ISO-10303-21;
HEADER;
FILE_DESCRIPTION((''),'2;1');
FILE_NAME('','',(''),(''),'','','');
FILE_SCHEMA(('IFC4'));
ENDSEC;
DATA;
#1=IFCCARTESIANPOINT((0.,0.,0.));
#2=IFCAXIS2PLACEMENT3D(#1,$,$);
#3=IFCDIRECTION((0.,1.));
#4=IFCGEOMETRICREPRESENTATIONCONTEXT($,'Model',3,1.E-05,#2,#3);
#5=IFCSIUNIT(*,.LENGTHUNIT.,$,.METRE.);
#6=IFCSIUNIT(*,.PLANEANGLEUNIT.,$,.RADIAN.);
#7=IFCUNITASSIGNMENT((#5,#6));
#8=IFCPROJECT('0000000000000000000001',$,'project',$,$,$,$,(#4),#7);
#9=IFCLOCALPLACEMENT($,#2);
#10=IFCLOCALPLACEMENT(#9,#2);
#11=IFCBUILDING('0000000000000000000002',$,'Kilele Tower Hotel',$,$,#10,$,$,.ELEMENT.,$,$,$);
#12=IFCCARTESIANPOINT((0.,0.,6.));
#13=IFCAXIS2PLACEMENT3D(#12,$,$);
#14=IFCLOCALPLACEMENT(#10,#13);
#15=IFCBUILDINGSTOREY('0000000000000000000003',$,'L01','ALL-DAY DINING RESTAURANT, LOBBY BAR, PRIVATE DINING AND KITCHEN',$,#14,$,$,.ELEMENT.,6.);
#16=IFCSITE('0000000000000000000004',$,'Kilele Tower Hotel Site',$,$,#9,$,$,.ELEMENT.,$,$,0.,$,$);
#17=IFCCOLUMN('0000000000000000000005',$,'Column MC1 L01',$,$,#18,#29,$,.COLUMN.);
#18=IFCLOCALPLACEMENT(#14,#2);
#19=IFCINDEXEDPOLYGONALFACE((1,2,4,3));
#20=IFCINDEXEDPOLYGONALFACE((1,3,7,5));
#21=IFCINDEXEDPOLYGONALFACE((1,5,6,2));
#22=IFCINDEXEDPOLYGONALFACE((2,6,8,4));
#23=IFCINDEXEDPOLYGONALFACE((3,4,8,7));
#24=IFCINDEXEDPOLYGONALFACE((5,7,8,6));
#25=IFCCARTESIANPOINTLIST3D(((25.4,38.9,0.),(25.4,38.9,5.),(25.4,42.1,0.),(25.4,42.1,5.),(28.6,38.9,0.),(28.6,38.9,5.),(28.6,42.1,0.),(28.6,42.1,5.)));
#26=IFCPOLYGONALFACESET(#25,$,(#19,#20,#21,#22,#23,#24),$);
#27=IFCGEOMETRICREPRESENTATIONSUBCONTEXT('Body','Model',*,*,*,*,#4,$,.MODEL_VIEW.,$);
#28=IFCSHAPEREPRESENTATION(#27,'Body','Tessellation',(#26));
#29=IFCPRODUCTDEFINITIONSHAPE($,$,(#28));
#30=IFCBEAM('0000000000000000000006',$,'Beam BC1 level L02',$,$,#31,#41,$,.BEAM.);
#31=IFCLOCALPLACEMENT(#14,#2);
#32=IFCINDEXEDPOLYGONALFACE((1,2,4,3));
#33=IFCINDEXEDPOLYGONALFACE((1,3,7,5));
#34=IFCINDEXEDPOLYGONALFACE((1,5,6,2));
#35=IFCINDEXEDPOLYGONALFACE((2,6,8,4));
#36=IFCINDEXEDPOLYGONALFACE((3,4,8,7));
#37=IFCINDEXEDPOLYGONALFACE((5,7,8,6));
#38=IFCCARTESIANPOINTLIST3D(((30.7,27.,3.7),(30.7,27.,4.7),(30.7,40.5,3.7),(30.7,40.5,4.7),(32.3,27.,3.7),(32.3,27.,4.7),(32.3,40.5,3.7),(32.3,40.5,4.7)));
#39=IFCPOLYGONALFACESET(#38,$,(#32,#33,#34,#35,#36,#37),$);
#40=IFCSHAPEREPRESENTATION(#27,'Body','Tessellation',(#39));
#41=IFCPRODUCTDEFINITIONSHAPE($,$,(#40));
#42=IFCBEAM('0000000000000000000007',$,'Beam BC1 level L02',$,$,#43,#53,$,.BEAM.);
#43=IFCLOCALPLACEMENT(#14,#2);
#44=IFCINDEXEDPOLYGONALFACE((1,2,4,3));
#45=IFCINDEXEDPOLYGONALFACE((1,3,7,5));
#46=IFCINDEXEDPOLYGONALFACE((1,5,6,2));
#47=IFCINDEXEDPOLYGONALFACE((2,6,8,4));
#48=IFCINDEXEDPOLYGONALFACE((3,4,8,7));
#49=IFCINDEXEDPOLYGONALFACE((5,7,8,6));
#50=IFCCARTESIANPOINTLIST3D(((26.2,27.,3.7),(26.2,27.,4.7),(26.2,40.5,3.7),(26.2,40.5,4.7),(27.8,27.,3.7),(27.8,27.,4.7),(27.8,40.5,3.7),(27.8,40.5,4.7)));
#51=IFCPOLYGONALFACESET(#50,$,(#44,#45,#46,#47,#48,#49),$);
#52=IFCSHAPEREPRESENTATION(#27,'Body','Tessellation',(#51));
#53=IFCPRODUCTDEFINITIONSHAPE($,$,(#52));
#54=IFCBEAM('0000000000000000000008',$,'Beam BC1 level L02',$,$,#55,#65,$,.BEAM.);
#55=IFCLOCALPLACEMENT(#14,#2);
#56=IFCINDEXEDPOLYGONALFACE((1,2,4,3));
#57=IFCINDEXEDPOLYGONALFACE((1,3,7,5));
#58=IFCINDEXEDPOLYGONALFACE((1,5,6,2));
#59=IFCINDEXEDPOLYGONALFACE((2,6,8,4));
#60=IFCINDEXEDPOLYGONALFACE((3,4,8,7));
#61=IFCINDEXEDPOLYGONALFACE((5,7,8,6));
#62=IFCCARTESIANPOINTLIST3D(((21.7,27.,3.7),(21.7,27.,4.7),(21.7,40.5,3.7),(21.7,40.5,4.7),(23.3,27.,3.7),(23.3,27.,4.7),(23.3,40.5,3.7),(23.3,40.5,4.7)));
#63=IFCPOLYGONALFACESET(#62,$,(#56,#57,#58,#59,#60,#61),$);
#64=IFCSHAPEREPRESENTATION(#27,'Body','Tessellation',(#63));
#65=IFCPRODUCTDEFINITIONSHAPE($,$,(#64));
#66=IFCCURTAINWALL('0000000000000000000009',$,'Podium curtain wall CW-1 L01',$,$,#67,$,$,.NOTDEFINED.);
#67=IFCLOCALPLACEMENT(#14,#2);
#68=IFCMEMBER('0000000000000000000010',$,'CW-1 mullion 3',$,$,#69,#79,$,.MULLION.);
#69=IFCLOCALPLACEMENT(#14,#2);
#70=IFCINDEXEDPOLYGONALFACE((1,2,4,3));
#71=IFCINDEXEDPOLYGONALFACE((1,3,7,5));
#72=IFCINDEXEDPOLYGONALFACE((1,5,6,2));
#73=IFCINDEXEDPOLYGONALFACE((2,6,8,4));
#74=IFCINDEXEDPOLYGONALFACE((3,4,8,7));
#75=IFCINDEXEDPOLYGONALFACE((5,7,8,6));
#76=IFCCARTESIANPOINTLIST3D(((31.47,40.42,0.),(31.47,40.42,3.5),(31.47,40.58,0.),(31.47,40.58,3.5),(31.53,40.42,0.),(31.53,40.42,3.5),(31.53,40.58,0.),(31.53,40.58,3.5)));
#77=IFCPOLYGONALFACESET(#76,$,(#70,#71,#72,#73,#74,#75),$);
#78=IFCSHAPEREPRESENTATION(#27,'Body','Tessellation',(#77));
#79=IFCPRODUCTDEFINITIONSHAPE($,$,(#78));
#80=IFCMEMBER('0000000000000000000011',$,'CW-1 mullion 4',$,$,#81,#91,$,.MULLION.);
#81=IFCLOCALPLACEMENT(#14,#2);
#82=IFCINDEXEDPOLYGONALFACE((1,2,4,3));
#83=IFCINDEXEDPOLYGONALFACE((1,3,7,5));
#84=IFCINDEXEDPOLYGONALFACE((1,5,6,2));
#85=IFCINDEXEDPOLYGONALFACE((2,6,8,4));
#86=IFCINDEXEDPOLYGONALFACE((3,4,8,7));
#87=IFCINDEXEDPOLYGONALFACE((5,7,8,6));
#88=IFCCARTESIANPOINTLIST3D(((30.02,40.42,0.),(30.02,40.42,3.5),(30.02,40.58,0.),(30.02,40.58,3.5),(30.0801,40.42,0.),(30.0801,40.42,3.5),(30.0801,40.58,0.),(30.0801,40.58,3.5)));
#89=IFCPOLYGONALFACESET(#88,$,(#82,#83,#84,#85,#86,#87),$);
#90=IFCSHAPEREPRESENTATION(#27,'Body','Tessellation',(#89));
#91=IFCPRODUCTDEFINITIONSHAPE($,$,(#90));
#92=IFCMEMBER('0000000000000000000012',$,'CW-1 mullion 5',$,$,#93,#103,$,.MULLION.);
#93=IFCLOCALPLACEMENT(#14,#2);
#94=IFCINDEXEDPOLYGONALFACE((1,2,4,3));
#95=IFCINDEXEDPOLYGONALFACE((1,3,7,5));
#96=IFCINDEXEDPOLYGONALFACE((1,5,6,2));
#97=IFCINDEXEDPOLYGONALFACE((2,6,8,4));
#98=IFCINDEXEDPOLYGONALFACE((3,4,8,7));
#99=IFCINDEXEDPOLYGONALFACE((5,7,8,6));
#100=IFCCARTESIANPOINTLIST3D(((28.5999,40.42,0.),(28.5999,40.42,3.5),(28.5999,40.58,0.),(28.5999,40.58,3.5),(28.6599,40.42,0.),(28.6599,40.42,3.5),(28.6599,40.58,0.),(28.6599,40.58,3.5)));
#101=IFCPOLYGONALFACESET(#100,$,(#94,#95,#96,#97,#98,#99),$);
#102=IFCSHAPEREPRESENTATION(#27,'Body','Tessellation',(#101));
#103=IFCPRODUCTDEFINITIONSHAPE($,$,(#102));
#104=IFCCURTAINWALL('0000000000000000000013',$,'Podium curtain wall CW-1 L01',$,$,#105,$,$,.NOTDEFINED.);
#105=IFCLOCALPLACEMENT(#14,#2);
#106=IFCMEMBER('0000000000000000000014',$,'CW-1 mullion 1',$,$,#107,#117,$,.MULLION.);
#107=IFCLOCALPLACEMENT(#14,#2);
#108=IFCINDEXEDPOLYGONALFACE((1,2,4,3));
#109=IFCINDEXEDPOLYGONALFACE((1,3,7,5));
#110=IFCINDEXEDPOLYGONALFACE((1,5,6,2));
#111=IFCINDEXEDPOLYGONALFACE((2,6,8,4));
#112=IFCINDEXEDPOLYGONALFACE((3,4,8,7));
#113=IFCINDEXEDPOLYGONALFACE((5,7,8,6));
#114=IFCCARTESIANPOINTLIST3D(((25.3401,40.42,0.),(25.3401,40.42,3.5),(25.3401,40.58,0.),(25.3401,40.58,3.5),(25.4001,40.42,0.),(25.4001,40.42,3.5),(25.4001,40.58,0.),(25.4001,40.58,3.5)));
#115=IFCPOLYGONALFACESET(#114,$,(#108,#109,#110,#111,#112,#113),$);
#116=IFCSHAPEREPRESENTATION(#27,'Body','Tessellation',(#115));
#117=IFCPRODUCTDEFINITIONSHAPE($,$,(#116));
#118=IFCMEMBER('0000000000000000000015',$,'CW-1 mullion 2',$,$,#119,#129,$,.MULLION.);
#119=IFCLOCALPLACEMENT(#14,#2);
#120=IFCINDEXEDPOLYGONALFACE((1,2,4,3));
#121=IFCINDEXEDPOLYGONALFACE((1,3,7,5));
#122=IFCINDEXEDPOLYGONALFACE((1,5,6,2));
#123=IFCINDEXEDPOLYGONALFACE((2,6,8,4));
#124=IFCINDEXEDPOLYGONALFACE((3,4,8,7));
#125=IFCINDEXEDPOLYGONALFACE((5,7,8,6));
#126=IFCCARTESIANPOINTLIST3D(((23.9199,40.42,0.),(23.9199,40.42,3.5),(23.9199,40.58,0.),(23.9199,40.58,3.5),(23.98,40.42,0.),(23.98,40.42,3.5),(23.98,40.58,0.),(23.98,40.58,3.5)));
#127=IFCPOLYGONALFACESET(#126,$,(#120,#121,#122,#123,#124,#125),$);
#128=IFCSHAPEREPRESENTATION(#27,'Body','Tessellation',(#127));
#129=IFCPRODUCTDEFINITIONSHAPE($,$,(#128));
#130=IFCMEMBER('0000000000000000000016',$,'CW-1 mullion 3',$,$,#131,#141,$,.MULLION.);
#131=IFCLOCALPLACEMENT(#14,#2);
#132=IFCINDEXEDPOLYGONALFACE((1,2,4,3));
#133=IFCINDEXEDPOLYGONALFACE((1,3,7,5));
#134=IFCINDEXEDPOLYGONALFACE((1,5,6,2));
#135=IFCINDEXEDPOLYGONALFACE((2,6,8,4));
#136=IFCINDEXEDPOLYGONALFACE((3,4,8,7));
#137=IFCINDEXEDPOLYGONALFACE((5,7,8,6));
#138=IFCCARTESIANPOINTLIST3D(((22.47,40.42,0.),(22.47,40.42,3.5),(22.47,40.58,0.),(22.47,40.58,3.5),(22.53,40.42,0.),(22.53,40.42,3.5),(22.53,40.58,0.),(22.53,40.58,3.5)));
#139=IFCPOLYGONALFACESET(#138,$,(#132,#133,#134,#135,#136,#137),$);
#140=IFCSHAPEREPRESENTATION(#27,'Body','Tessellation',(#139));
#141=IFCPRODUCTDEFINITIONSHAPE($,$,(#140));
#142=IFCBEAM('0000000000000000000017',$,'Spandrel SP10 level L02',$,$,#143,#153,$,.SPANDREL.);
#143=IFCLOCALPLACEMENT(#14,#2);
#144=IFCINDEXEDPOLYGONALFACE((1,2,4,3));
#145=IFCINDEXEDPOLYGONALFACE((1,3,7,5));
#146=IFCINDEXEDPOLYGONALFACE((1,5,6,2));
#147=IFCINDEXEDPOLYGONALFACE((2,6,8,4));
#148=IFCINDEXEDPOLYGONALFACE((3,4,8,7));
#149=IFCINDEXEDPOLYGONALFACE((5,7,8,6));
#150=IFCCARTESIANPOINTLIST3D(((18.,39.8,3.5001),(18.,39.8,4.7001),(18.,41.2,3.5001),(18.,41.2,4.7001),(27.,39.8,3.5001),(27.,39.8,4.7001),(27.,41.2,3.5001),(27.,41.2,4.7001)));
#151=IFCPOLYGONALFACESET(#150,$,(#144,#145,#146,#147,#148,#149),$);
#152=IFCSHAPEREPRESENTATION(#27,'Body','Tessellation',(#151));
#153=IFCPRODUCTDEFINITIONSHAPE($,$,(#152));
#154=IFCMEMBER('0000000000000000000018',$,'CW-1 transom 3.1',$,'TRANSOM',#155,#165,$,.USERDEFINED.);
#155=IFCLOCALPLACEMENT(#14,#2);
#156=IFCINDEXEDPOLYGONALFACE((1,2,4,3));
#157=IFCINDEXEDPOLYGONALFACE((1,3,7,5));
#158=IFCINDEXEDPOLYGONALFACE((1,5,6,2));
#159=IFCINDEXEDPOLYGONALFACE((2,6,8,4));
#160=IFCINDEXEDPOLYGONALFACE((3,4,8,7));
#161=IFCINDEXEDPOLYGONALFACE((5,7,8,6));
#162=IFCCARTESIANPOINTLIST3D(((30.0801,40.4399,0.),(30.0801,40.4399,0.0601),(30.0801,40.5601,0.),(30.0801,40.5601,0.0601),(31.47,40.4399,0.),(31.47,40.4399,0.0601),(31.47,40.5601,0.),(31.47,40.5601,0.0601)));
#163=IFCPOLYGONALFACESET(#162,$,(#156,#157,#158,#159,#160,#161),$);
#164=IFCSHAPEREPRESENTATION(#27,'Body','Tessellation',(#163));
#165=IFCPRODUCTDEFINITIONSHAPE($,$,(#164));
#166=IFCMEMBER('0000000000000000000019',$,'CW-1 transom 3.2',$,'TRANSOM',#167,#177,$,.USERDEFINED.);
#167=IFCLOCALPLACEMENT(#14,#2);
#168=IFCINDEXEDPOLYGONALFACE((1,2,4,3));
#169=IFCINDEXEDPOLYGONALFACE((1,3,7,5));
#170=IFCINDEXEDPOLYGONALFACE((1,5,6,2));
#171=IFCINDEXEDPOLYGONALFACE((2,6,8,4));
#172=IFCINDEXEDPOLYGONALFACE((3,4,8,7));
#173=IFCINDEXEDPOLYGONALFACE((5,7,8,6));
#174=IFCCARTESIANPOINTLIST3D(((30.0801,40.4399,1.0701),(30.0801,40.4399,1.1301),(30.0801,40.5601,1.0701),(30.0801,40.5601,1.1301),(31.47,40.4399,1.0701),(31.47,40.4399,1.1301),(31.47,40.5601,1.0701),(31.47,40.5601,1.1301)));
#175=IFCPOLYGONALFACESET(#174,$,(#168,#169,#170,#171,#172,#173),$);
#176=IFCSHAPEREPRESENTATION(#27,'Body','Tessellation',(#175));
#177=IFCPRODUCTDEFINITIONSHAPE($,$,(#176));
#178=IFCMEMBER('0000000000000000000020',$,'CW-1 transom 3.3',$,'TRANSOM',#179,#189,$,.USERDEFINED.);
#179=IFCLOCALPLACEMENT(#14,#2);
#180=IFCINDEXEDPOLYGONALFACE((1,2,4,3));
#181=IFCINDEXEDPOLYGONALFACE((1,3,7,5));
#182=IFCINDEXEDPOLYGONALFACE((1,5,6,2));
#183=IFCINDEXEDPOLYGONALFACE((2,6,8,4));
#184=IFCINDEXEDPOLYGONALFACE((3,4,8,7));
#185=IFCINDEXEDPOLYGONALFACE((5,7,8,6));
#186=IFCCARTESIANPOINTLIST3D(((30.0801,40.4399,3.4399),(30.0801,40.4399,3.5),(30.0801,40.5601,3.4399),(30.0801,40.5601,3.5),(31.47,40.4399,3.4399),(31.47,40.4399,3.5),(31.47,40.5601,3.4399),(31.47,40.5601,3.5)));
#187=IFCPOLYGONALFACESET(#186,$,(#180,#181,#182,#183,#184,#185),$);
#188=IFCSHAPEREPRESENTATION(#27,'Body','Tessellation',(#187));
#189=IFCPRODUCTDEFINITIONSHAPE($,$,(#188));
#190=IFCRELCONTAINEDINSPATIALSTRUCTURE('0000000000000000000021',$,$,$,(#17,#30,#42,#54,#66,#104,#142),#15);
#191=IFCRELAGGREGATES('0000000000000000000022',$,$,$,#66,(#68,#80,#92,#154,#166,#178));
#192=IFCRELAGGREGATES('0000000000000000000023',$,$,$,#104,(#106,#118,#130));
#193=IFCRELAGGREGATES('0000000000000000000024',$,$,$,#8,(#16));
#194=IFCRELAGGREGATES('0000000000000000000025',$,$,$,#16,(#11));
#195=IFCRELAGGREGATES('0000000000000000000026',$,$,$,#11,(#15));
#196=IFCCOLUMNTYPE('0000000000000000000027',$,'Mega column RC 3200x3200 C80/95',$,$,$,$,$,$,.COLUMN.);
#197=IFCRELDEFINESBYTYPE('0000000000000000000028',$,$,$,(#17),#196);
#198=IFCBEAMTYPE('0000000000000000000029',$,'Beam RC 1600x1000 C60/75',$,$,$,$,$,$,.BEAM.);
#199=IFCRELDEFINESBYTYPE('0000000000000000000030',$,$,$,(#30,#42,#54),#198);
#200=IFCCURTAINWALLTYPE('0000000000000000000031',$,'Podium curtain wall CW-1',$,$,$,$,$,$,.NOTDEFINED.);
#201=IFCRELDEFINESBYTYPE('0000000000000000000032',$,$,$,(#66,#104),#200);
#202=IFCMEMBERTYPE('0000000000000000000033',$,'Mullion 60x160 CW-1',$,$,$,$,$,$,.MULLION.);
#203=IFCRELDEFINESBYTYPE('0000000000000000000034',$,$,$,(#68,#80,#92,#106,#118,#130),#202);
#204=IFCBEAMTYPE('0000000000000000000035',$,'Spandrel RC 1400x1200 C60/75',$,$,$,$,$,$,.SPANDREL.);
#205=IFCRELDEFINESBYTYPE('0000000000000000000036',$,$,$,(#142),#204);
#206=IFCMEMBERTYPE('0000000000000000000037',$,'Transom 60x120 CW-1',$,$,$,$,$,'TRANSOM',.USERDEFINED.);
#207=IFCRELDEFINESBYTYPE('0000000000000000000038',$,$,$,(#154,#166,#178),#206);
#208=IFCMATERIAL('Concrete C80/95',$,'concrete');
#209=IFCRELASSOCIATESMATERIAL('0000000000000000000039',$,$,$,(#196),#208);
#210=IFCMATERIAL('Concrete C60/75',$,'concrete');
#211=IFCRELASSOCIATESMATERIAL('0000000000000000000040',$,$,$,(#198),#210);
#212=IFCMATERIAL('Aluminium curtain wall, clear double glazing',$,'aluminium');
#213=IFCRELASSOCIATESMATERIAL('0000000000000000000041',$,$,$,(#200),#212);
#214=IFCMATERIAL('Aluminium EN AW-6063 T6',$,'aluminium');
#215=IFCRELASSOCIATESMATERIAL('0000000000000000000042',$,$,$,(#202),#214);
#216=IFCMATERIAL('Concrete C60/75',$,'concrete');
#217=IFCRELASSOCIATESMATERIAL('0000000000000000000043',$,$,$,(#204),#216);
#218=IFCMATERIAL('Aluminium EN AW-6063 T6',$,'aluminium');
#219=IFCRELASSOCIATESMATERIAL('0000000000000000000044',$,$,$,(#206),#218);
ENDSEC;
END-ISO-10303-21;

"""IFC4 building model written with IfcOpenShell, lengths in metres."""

from ifc_helpers import new_model, si_unit, direction, frame, origin, origin_2d, place, context, subcontext, project, spatial, rectangle, extrude, material, material_profile, profile_set, type_object, element, aggregate, save


model = new_model("IFC4")

# Units and contexts
model_context = context("Model", 3, precision=1e-05, world=origin(), true_north=direction((0.0, 1.0)))
body_context = subcontext(model_context, "Body", "Model", "MODEL_VIEW")
ifc_project = project(units=[si_unit("LENGTHUNIT", "METRE"), si_unit("PLANEANGLEUNIT", "RADIAN")], contexts=[model_context])

# Site, building, storey
site_placement = place(None, origin())
site = spatial("IfcSite", under=ifc_project, at=site_placement, Name="Kilele Tower Hotel Site", CompositionType="ELEMENT", RefElevation=0.0)
building_placement = place(site_placement, origin())
building = spatial("IfcBuilding", under=site, at=building_placement, Name="Kilele Tower Hotel", CompositionType="ELEMENT")
storey_placement = place(building_placement, frame((0.0, 0.0, 6.0)))
storey = spatial("IfcBuildingStorey", under=building, at=storey_placement, Name="L01", Description="ALL-DAY DINING RESTAURANT, LOBBY BAR, PRIVATE DINING AND KITCHEN", CompositionType="ELEMENT", Elevation=6.0)

# Column
ifc_material_1 = material(Name="Concrete C80/95", Category="concrete")
ifc_material_profile_1 = material_profile(ifc_material_1, rectangle(XDim=3.2, YDim=3.2, at=origin_2d()))
ifc_profile_set_1 = profile_set([ifc_material_profile_1], Name="Concrete C80/95")
column_type = type_object("IfcColumnType", Name="Mega column RC 3200x3200 C80/95", PredefinedType="COLUMN", material=ifc_profile_set_1)
column_placement = place(storey_placement, frame((27.0, 40.5, 0.0), z_axis=(0.0, 0.0, 1.0), x_axis=(1.0, 0.0, 0.0)))
element("IfcColumn", 1, at=column_placement, inside=storey, type_object=column_type, Name="Column MC1 L01", PredefinedType="COLUMN", context=body_context, shape_type="SweptSolid", body=[
    extrude(rectangle(XDim=3.2, YDim=3.2, at=origin_2d()), origin(), (0.0, 0.0, 1.0), 5.0),
])

# Beams
ifc_material_2 = material(Name="Concrete C60/75", Category="concrete")
ifc_material_profile_2 = material_profile(ifc_material_2, rectangle(XDim=1.6001, YDim=1.0, at=origin_2d()))
ifc_profile_set_2 = profile_set([ifc_material_profile_2], Name="Concrete C60/75")
beam_type_1 = type_object("IfcBeamType", Name="Beam RC 1600x1000 C60/75", PredefinedType="BEAM", material=ifc_profile_set_2)
for number, where, z_axis, x_axis, name in (
    (2, (31.5, 40.5, 4.2), (0.0, -1.0, 0.0), (1.0, 0.0, 0.0), "Beam BC1 level L02"),
    (3, (27.0, 40.5, 4.2), (0.0, -1.0, 0.0), (1.0, 0.0, 0.0), "Beam BC1 level L02"),
    (4, (22.5, 40.5, 4.2), (0.0, -1.0, 0.0), (1.0, 0.0, 0.0), "Beam BC1 level L02"),
):
    element("IfcBeam", number, at=place(storey_placement, frame(where, z_axis=z_axis, x_axis=x_axis)), inside=storey, type_object=beam_type_1, Name=name, PredefinedType="BEAM", context=body_context, shape_type="SweptSolid", body=[
        extrude(rectangle(XDim=1.6001, YDim=1.0, at=origin_2d()), origin(), (0.0, 0.0, 1.0), 13.5),
    ])

# Curtain walls, members
ifc_material_3 = material(Name="Aluminium curtain wall, clear double glazing", Category="aluminium")
curtain_wall_type = type_object("IfcCurtainWallType", Name="Podium curtain wall CW-1", PredefinedType="NOTDEFINED", material=ifc_material_3)
curtain_wall_1_placement = place(storey_placement, origin())
curtain_wall_1 = element("IfcCurtainWall", 5, at=curtain_wall_1_placement, inside=storey, type_object=curtain_wall_type, Name="Podium curtain wall CW-1 L01", PredefinedType="NOTDEFINED")
ifc_material_4 = material(Name="Aluminium EN AW-6063 T6", Category="aluminium")
ifc_material_profile_3 = material_profile(ifc_material_4, rectangle(XDim=0.1599, YDim=0.0601, at=origin_2d()))
ifc_profile_set_3 = profile_set([ifc_material_profile_3], Name="Aluminium EN AW-6063 T6")
member_type_1 = type_object("IfcMemberType", Name="Mullion 60x160 CW-1", PredefinedType="MULLION", material=ifc_profile_set_3)
member_1_placement = place(storey_placement, frame((31.5, 40.5, 0.0), z_axis=(0.0, 0.0, 1.0), x_axis=(0.0, -1.0, 0.0)))
member_1 = element("IfcMember", 6, at=member_1_placement, type_object=member_type_1, Name="CW-1 mullion 3", PredefinedType="MULLION", context=body_context, shape_type="SweptSolid", body=[
    extrude(rectangle(XDim=0.1599, YDim=0.0601, at=origin_2d()), origin(), (0.0, 0.0, 1.0), 3.5),
])
member_2_placement = place(storey_placement, frame((30.05, 40.5, 0.0), z_axis=(0.0, 0.0, 1.0), x_axis=(0.0, -1.0, 0.0)))
member_2 = element("IfcMember", 7, at=member_2_placement, type_object=member_type_1, Name="CW-1 mullion 4", PredefinedType="MULLION", context=body_context, shape_type="SweptSolid", body=[
    extrude(rectangle(XDim=0.1599, YDim=0.0601, at=origin_2d()), origin(), (0.0, 0.0, 1.0), 3.5),
])
member_3_placement = place(storey_placement, frame((28.6299, 40.5, 0.0), z_axis=(0.0, 0.0, 1.0), x_axis=(0.0, -1.0, 0.0)))
member_3 = element("IfcMember", 8, at=member_3_placement, type_object=member_type_1, Name="CW-1 mullion 5", PredefinedType="MULLION", context=body_context, shape_type="SweptSolid", body=[
    extrude(rectangle(XDim=0.1599, YDim=0.0601, at=origin_2d()), origin(), (0.0, 0.0, 1.0), 3.5),
])
curtain_wall_2_placement = place(storey_placement, origin())
curtain_wall_2 = element("IfcCurtainWall", 9, at=curtain_wall_2_placement, inside=storey, type_object=curtain_wall_type, Name="Podium curtain wall CW-1 L01", PredefinedType="NOTDEFINED")
member_4_placement = place(storey_placement, frame((25.3701, 40.5, 0.0), z_axis=(0.0, 0.0, 1.0), x_axis=(0.0, -1.0, 0.0)))
member_4 = element("IfcMember", 10, at=member_4_placement, type_object=member_type_1, Name="CW-1 mullion 1", PredefinedType="MULLION", context=body_context, shape_type="SweptSolid", body=[
    extrude(rectangle(XDim=0.1599, YDim=0.0601, at=origin_2d()), origin(), (0.0, 0.0, 1.0), 3.5),
])
member_5_placement = place(storey_placement, frame((23.95, 40.5, 0.0), z_axis=(0.0, 0.0, 1.0), x_axis=(0.0, -1.0, 0.0)))
member_5 = element("IfcMember", 11, at=member_5_placement, type_object=member_type_1, Name="CW-1 mullion 2", PredefinedType="MULLION", context=body_context, shape_type="SweptSolid", body=[
    extrude(rectangle(XDim=0.1599, YDim=0.0601, at=origin_2d()), origin(), (0.0, 0.0, 1.0), 3.5),
])
member_6_placement = place(storey_placement, frame((22.5, 40.5, 0.0), z_axis=(0.0, 0.0, 1.0), x_axis=(0.0, -1.0, 0.0)))
member_6 = element("IfcMember", 12, at=member_6_placement, type_object=member_type_1, Name="CW-1 mullion 3", PredefinedType="MULLION", context=body_context, shape_type="SweptSolid", body=[
    extrude(rectangle(XDim=0.1599, YDim=0.0601, at=origin_2d()), origin(), (0.0, 0.0, 1.0), 3.5),
])

# Beam
ifc_material_5 = material(Name="Concrete C60/75", Category="concrete")
ifc_material_profile_4 = material_profile(ifc_material_5, rectangle(XDim=1.3999, YDim=1.2, at=origin_2d()))
ifc_profile_set_4 = profile_set([ifc_material_profile_4], Name="Concrete C60/75")
beam_type_2 = type_object("IfcBeamType", Name="Spandrel RC 1400x1200 C60/75", PredefinedType="SPANDREL", material=ifc_profile_set_4)
beam_placement = place(storey_placement, frame((27.0, 40.5, 4.1001), z_axis=(-1.0, 0.0, 0.0), x_axis=(0.0, -1.0, 0.0)))
element("IfcBeam", 13, at=beam_placement, inside=storey, type_object=beam_type_2, Name="Spandrel SP10 level L02", PredefinedType="SPANDREL", context=body_context, shape_type="SweptSolid", body=[
    extrude(rectangle(XDim=1.3999, YDim=1.2, at=origin_2d()), origin(), (0.0, 0.0, 1.0), 9.0),
])

# Members
ifc_material_6 = material(Name="Aluminium EN AW-6063 T6", Category="aluminium")
ifc_material_profile_5 = material_profile(ifc_material_6, rectangle(XDim=0.1201, YDim=0.0601, at=origin_2d()))
ifc_profile_set_5 = profile_set([ifc_material_profile_5], Name="Aluminium EN AW-6063 T6")
member_type_2 = type_object("IfcMemberType", Name="Transom 60x120 CW-1", ElementType="TRANSOM", PredefinedType="USERDEFINED", material=ifc_profile_set_5)
member_7_placement = place(storey_placement, frame((31.47, 40.5, 0.03), z_axis=(-1.0, 0.0, 0.0), x_axis=(0.0, -1.0, 0.0)))
member_7 = element("IfcMember", 14, at=member_7_placement, type_object=member_type_2, Name="CW-1 transom 3.1", ObjectType="TRANSOM", PredefinedType="USERDEFINED", context=body_context, shape_type="SweptSolid", body=[
    extrude(rectangle(XDim=0.1201, YDim=0.0601, at=origin_2d()), origin(), (0.0, 0.0, 1.0), 1.3899),
])
member_8_placement = place(storey_placement, frame((31.47, 40.5, 1.1001), z_axis=(-1.0, 0.0, 0.0), x_axis=(0.0, -1.0, 0.0)))
member_8 = element("IfcMember", 15, at=member_8_placement, type_object=member_type_2, Name="CW-1 transom 3.2", ObjectType="TRANSOM", PredefinedType="USERDEFINED", context=body_context, shape_type="SweptSolid", body=[
    extrude(rectangle(XDim=0.1201, YDim=0.0601, at=origin_2d()), origin(), (0.0, 0.0, 1.0), 1.3899),
])
member_9_placement = place(storey_placement, frame((31.47, 40.5, 3.47), z_axis=(-1.0, 0.0, 0.0), x_axis=(0.0, -1.0, 0.0)))
member_9 = element("IfcMember", 16, at=member_9_placement, type_object=member_type_2, Name="CW-1 transom 3.3", ObjectType="TRANSOM", PredefinedType="USERDEFINED", context=body_context, shape_type="SweptSolid", body=[
    extrude(rectangle(XDim=0.1201, YDim=0.0601, at=origin_2d()), origin(), (0.0, 0.0, 1.0), 1.3899),
])

aggregate(curtain_wall_1, [member_1, member_2, member_3, member_7, member_8, member_9])
aggregate(curtain_wall_2, [member_4, member_5, member_6])

save(model, "model.ifc")
